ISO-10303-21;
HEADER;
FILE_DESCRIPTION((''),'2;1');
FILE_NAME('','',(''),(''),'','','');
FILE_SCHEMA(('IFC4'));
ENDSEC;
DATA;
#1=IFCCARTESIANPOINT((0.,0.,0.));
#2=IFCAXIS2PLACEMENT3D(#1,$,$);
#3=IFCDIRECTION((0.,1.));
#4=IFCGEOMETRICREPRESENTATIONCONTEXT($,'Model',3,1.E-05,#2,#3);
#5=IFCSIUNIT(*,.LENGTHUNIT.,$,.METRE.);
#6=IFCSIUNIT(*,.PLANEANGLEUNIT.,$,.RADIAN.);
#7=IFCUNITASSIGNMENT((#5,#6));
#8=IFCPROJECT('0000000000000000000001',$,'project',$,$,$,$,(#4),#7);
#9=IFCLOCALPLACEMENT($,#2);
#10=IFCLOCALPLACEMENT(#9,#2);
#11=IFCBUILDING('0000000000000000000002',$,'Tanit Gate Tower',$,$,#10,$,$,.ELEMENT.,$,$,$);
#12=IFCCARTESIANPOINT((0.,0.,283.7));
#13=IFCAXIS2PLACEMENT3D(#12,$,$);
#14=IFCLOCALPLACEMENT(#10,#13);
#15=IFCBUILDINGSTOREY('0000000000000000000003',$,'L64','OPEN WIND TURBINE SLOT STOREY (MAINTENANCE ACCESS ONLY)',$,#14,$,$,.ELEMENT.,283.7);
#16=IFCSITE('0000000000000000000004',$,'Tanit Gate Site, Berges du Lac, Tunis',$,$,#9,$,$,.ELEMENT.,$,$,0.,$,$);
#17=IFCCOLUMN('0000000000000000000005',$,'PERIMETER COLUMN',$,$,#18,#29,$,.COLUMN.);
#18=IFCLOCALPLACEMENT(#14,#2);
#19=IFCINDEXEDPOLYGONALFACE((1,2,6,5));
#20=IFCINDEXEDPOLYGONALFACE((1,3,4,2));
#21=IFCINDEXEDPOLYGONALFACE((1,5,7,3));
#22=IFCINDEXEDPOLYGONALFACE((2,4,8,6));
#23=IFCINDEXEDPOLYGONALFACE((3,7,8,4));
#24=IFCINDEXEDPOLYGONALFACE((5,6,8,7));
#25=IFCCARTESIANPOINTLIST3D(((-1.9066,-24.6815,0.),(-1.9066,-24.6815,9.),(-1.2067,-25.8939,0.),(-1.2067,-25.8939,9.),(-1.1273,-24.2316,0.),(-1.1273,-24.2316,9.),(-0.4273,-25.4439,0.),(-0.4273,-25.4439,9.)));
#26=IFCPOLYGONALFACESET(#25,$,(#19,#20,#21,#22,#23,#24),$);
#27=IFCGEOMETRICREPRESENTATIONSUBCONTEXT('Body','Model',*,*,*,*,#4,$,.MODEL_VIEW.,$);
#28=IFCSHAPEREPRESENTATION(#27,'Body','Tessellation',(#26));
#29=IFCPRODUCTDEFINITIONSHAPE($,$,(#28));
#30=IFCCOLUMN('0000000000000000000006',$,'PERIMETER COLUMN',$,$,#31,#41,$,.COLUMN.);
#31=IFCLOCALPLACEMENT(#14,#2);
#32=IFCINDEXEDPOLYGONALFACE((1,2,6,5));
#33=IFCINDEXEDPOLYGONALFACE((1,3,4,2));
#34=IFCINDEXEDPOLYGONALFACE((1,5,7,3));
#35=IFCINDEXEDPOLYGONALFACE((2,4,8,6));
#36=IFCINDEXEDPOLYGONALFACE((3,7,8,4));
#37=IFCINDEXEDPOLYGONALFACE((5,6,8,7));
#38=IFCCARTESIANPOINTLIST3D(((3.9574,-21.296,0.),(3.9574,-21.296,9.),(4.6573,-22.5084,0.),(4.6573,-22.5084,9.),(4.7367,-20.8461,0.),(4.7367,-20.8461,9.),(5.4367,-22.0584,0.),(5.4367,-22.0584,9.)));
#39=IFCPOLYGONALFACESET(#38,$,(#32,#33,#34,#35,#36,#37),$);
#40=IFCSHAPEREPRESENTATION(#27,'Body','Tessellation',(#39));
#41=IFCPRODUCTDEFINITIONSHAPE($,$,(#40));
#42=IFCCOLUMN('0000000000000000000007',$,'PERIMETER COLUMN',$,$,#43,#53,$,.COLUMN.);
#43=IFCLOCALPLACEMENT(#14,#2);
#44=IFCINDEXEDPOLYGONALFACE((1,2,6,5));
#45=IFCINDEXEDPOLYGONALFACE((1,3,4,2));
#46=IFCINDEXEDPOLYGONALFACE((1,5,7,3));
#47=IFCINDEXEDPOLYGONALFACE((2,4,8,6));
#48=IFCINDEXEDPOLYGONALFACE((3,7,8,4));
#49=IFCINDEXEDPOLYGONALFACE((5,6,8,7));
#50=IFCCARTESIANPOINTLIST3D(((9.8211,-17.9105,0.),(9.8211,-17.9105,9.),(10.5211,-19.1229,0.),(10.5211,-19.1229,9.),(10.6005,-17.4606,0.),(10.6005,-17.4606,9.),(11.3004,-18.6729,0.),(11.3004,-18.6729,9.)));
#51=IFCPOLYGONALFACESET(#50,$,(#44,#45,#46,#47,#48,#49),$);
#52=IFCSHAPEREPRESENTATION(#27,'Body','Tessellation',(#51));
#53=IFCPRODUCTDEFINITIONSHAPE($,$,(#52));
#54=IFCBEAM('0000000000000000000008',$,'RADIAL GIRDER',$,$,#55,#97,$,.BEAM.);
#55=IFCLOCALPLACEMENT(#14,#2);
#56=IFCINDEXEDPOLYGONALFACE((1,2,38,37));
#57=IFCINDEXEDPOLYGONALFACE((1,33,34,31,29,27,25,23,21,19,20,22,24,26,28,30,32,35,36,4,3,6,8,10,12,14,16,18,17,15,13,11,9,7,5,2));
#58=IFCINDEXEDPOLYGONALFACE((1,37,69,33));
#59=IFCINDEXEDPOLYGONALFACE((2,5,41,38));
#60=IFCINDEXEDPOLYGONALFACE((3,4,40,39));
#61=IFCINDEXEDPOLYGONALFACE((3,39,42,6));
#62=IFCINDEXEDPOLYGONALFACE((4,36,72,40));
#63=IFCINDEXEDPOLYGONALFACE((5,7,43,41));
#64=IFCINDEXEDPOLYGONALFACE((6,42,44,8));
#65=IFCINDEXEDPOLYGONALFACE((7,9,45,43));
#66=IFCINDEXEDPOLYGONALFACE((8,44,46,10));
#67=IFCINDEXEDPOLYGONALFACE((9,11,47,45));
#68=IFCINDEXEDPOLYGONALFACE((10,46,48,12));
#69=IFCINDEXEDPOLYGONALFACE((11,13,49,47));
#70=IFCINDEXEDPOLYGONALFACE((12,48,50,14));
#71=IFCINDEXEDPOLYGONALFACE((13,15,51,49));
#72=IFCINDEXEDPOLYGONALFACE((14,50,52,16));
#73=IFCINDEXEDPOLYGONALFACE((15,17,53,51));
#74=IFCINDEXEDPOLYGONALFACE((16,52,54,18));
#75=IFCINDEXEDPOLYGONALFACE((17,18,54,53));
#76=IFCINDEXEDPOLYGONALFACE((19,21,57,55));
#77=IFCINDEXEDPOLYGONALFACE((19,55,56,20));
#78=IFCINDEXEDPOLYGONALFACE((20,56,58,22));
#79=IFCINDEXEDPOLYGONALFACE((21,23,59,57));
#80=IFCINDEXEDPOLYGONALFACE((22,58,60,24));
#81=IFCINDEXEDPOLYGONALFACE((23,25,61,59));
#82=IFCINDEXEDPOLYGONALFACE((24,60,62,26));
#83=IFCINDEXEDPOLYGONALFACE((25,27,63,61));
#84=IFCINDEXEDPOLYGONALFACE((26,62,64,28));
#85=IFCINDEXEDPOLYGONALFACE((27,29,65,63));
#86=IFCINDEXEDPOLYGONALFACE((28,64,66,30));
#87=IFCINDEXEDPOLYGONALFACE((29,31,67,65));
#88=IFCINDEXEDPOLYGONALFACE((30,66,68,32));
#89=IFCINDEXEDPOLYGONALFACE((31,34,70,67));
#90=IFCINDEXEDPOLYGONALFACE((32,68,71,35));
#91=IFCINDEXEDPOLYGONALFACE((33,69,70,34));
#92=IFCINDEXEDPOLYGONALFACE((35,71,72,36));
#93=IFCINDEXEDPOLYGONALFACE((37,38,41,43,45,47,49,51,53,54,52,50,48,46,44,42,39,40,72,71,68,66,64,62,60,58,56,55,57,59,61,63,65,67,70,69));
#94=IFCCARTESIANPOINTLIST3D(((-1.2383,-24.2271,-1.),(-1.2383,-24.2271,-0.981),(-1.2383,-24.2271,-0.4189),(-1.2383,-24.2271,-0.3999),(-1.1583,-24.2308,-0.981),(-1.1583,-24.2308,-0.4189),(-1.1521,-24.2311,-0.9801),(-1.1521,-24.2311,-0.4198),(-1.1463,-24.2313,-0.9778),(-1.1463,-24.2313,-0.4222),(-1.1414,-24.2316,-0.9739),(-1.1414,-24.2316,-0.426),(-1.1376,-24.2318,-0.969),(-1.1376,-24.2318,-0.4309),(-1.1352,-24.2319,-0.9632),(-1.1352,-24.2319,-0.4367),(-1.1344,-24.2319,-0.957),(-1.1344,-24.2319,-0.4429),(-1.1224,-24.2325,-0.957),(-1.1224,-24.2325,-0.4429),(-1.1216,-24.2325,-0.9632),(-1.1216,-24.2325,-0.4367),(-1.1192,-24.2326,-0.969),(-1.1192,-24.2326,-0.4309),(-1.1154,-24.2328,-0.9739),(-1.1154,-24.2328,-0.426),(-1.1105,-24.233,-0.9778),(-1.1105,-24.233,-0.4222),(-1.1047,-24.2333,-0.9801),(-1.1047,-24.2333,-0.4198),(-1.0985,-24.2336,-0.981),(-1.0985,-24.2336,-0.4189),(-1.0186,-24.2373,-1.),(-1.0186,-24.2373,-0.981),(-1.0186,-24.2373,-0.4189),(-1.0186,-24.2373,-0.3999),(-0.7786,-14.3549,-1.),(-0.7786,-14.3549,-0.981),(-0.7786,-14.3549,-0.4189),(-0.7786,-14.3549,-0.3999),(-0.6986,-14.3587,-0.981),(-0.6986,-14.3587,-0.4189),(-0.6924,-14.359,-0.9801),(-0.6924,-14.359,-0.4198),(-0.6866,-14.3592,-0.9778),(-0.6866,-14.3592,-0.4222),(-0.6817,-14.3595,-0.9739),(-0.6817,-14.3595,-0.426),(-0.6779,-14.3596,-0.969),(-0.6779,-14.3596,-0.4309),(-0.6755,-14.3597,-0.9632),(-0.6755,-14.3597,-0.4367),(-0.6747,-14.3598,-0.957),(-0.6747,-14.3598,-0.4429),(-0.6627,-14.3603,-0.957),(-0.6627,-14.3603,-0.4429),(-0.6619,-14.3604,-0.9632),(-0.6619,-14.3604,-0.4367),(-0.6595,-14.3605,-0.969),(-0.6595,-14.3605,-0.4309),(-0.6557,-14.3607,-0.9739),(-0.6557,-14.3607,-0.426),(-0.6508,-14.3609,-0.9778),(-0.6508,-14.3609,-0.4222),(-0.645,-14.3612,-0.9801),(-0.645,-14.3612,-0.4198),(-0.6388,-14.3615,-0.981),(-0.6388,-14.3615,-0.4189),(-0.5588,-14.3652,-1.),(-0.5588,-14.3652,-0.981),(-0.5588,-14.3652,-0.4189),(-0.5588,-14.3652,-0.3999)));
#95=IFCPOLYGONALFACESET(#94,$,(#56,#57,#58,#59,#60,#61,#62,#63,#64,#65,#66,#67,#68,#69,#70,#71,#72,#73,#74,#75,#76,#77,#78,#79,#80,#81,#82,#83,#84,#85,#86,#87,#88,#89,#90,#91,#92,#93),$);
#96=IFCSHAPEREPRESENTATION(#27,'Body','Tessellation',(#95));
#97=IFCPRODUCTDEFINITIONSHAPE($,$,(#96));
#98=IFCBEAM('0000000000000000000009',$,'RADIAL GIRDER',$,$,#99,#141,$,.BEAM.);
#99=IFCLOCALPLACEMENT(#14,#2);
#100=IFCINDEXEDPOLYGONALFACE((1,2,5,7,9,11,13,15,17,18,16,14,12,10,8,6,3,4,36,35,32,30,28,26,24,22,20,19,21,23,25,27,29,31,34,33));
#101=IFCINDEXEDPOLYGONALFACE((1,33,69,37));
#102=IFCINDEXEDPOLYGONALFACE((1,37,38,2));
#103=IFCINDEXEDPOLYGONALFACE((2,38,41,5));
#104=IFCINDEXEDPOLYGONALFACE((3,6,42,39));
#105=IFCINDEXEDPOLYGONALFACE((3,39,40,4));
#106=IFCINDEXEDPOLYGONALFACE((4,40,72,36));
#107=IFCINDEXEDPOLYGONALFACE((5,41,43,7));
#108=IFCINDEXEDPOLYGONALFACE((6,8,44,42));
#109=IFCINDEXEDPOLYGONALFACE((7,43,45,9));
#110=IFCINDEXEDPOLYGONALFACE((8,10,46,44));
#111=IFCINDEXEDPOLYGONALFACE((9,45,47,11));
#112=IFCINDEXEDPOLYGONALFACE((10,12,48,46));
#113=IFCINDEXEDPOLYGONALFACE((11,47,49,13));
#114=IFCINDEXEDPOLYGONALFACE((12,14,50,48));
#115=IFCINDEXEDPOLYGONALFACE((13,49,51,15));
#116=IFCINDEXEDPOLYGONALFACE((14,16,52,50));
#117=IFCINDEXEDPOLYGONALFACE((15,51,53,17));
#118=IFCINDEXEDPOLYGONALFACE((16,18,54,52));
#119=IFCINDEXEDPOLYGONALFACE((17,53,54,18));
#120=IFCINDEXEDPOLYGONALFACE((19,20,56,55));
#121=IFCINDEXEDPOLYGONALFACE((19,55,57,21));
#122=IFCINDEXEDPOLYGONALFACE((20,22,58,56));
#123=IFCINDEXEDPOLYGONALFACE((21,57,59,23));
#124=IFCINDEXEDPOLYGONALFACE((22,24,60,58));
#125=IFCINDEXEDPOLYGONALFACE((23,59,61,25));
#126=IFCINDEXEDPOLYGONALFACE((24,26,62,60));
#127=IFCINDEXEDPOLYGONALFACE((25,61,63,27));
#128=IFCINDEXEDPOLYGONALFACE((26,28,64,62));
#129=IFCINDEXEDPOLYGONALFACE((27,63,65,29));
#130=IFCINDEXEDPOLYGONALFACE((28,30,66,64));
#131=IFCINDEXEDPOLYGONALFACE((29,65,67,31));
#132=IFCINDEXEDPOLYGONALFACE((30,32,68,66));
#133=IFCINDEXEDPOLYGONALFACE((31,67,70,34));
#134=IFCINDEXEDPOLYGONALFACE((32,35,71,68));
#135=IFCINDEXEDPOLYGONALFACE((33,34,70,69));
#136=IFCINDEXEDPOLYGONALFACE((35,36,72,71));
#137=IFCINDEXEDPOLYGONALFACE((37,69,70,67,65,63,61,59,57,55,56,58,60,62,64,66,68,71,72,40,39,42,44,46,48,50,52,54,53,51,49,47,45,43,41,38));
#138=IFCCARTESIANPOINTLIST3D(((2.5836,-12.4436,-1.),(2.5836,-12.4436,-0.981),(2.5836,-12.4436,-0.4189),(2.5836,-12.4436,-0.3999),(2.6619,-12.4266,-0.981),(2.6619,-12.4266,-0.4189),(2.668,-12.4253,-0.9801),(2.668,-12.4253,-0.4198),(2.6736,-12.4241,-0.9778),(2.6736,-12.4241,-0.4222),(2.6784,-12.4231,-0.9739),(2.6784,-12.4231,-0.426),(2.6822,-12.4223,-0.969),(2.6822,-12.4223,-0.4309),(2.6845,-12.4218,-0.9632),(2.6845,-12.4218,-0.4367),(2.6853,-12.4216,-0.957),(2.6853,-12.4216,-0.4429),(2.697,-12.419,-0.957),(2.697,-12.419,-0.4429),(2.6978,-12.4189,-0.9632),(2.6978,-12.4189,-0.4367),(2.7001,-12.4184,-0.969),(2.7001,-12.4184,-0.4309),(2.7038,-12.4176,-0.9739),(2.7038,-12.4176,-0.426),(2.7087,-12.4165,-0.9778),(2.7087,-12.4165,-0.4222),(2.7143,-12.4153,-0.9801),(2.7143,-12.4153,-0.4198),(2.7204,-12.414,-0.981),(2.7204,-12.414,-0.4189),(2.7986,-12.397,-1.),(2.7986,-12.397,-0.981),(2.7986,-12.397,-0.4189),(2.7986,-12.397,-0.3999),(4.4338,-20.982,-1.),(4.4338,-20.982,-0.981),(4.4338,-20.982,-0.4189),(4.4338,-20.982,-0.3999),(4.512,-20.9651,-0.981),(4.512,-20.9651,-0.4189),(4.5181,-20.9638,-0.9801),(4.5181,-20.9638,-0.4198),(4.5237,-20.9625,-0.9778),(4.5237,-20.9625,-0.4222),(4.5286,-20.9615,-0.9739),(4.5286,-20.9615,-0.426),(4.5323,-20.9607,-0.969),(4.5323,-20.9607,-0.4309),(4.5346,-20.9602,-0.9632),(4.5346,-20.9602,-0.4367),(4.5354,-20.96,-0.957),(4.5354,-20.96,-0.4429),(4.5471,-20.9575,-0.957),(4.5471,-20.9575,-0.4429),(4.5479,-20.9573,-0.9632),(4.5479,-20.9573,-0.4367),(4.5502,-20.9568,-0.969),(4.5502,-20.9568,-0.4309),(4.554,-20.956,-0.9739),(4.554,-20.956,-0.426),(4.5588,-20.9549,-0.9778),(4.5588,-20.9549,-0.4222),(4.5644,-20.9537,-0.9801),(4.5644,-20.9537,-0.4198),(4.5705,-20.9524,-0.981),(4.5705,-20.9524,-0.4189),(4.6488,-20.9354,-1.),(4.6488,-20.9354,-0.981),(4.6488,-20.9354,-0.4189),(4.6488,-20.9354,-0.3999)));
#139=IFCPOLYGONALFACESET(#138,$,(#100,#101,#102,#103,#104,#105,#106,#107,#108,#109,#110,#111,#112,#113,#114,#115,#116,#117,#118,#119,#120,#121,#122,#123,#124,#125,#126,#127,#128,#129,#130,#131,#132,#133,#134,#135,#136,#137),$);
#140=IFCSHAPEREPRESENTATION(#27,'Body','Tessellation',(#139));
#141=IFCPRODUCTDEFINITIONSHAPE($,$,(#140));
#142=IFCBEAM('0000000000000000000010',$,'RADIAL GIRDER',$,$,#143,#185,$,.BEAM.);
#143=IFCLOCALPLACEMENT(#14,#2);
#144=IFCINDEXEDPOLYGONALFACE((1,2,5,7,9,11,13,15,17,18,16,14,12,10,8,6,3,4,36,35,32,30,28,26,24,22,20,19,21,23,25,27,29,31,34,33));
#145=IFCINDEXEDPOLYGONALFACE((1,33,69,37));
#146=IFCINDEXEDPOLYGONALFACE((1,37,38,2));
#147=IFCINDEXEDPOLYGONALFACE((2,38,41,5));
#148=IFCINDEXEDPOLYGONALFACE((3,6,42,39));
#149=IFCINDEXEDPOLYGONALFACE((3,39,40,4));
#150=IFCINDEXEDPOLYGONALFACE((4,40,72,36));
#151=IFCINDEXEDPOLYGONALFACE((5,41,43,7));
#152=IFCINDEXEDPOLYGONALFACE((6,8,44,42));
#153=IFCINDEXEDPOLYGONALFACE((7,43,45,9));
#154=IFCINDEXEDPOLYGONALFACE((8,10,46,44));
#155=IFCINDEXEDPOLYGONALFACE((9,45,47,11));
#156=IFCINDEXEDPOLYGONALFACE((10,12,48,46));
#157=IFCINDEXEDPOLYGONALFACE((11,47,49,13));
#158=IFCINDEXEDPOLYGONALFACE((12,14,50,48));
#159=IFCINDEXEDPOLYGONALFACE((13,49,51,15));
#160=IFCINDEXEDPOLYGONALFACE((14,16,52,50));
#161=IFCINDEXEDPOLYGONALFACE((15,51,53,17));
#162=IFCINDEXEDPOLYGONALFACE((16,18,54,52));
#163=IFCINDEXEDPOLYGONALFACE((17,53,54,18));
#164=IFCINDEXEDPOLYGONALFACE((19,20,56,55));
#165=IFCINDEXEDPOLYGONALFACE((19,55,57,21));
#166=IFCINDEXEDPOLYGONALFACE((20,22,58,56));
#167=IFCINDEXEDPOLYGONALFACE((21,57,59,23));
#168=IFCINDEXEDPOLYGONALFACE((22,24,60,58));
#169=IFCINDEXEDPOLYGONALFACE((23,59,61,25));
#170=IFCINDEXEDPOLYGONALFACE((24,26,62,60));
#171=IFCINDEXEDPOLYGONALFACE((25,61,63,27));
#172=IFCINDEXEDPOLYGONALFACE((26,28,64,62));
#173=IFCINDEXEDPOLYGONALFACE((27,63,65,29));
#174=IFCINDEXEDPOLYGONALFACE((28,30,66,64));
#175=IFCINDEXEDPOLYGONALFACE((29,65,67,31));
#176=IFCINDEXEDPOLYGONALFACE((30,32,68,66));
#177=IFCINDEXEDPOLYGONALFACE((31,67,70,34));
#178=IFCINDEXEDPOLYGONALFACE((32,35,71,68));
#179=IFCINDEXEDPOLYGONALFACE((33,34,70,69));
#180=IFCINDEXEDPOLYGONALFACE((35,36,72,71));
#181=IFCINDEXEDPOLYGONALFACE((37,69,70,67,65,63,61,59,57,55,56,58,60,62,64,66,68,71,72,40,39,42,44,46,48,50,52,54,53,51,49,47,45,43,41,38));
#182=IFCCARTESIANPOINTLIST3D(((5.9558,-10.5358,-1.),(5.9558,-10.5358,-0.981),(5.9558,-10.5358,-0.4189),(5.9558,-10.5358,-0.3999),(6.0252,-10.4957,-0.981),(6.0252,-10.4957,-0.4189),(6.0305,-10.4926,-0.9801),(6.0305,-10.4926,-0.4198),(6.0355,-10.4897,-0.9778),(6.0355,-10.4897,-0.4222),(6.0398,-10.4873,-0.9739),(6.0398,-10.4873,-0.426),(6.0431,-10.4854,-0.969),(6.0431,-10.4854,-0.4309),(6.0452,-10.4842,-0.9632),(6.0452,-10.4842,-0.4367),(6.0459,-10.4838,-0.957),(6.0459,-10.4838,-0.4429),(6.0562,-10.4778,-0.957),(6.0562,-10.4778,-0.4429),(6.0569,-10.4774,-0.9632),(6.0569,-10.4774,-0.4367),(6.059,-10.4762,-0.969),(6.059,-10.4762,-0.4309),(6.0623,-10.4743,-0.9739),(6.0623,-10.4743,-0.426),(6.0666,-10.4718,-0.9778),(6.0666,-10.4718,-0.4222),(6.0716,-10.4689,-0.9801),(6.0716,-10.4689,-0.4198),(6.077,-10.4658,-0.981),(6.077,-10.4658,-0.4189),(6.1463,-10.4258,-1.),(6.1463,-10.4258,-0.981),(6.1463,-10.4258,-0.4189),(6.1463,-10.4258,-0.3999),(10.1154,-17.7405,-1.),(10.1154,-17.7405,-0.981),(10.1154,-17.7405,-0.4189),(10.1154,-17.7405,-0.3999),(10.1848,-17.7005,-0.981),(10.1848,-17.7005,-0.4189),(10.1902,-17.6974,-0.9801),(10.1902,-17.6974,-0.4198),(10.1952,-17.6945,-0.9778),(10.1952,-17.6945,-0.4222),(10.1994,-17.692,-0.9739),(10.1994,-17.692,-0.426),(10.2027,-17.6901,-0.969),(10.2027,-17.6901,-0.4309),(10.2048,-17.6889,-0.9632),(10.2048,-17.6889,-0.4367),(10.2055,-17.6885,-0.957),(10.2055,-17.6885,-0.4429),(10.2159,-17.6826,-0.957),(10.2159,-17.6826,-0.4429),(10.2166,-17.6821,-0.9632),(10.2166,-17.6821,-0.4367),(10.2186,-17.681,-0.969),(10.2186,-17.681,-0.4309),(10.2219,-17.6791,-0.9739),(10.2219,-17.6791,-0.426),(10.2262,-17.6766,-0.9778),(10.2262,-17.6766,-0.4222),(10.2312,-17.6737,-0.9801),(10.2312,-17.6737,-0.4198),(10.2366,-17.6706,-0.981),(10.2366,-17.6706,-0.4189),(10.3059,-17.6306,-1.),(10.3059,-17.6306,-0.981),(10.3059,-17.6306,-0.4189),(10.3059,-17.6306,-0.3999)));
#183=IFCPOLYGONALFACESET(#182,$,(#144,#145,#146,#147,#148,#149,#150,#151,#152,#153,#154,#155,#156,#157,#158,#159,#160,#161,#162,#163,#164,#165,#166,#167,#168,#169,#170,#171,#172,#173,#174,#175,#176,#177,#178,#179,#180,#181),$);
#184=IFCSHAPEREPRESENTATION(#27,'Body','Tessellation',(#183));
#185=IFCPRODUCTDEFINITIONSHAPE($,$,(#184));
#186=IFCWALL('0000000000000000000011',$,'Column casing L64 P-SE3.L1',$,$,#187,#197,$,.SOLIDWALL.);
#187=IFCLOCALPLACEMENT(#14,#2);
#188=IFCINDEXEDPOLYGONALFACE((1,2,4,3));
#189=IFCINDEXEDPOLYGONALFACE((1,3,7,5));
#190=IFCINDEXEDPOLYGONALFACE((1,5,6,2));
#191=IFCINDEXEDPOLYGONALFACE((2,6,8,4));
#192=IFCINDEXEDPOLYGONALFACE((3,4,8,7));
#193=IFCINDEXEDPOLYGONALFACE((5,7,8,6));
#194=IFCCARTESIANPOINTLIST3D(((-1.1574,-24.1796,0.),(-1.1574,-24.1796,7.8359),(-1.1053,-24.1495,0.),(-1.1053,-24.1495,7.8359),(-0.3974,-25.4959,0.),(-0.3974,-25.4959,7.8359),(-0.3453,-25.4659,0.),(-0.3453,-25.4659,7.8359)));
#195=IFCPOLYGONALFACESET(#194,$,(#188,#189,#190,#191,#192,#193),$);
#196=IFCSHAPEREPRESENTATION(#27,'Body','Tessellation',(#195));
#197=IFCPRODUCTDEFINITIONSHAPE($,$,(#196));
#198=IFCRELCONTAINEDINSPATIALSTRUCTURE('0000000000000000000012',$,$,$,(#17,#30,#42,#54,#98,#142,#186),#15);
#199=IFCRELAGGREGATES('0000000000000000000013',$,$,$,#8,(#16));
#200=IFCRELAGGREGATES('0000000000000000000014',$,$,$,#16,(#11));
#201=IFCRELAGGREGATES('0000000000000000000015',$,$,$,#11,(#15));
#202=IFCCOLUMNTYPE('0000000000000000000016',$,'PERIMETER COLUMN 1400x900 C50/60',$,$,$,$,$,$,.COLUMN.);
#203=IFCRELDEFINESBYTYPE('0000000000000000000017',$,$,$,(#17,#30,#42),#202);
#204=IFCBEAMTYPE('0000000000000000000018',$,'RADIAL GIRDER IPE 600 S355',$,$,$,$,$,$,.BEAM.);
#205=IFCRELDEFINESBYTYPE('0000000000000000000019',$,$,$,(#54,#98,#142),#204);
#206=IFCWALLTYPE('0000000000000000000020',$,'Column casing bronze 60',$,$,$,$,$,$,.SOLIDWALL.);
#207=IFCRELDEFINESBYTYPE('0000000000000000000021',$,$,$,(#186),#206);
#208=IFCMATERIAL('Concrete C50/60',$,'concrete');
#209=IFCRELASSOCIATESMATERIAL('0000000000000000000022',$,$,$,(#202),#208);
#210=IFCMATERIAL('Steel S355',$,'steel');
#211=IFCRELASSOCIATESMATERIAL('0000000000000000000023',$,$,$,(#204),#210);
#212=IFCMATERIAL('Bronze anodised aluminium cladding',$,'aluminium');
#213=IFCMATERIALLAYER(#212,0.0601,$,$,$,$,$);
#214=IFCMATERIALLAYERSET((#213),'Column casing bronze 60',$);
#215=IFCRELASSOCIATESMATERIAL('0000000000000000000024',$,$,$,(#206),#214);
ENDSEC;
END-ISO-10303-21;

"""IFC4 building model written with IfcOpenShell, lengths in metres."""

from ifc_helpers import new_model, si_unit, direction, frame, frame_2d, origin, origin_2d, place, context, subcontext, project, spatial, rectangle, i_section, extrude, material, layer, layer_set, material_profile, profile_set, type_object, element, save


model = new_model("IFC4")

# Units and contexts
model_context = context("Model", 3, precision=1e-05, world=origin(), true_north=direction((0.0, 1.0)))
body_context = subcontext(model_context, "Body", "Model", "MODEL_VIEW")
ifc_project = project(units=[si_unit("LENGTHUNIT", "METRE"), si_unit("PLANEANGLEUNIT", "RADIAN")], contexts=[model_context])

# Site, building, storey
site_placement = place(None, origin())
site = spatial("IfcSite", under=ifc_project, at=site_placement, Name="Tanit Gate Site, Berges du Lac, Tunis", CompositionType="ELEMENT", RefElevation=0.0)
building_placement = place(site_placement, origin())
building = spatial("IfcBuilding", under=site, at=building_placement, Name="Tanit Gate Tower", CompositionType="ELEMENT")
storey_placement = place(building_placement, frame((0.0, 0.0, 283.7)))
storey = spatial("IfcBuildingStorey", under=building, at=storey_placement, Name="L64", Description="OPEN WIND TURBINE SLOT STOREY (MAINTENANCE ACCESS ONLY)", CompositionType="ELEMENT", Elevation=283.7)

# Columns
ifc_material_1 = material(Name="Concrete C50/60", Category="concrete")
ifc_material_profile_1 = material_profile(ifc_material_1, rectangle(XDim=1.3999, YDim=0.8999, at=origin_2d()), Name="RC 1400x900")
ifc_profile_set_1 = profile_set([ifc_material_profile_1], Name="Concrete C50/60")
column_type = type_object("IfcColumnType", Name="PERIMETER COLUMN 1400x900 C50/60", PredefinedType="COLUMN", material=ifc_profile_set_1)
for number, where, z_axis, x_axis, name in (
    (1, (-1.167, -25.0627, 0.0), (0.0, 0.0, 1.0), (0.5, -0.866025, 0.0), "PERIMETER COLUMN"),
    (2, (4.697, -21.6772, 0.0), (0.0, 0.0, 1.0), (0.5, -0.866025, 0.0), "PERIMETER COLUMN"),
    (3, (10.5608, -18.2917, 0.0), (0.0, 0.0, 1.0), (0.5, -0.866025, 0.0), "PERIMETER COLUMN"),
):
    element("IfcColumn", number, at=place(storey_placement, frame(where, z_axis=z_axis, x_axis=x_axis)), inside=storey, type_object=column_type, Name=name, PredefinedType="COLUMN", context=body_context, shape_type="SweptSolid", body=[
        extrude(rectangle(XDim=1.3999, YDim=0.8999, at=origin_2d()), origin(), (0.0, 0.0, 1.0), 9.0),
    ])

# Beams
ifc_material_2 = material(Name="Steel S355", Category="steel")
ifc_material_profile_2 = material_profile(ifc_material_2, i_section(OverallWidth=0.22, OverallDepth=0.6001, WebThickness=0.012, FlangeThickness=0.019, FilletRadius=0.0239, at=origin_2d()), Name="IPE 600")
ifc_profile_set_2 = profile_set([ifc_material_profile_2], Name="Steel S355")
beam_type = type_object("IfcBeamType", Name="RADIAL GIRDER IPE 600 S355", PredefinedType="BEAM", material=ifc_profile_set_2)
beam_1_placement = place(storey_placement, frame((-1.1284, -24.2322, -0.7), z_axis=(0.046517, 0.998917, 0.0), x_axis=(-0.998917, 0.046517, 0.0)))
element("IfcBeam", 4, at=beam_1_placement, inside=storey, type_object=beam_type, Name="RADIAL GIRDER", PredefinedType="BEAM", context=body_context, shape_type="SweptSolid", body=[
    extrude(i_section(OverallWidth=0.22, OverallDepth=0.6001, WebThickness=0.012, FlangeThickness=0.019, FilletRadius=0.0239, at=origin_2d()), origin(), (0.0, 0.0, 1.0), 9.8828),
])
beam_2_placement = place(storey_placement, frame((4.5413, -20.9587, -0.7), z_axis=(-0.211767, 0.97732, 0.0), x_axis=(-0.97732, -0.211767, 0.0)))
element("IfcBeam", 5, at=beam_2_placement, inside=storey, type_object=beam_type, Name="RADIAL GIRDER", PredefinedType="BEAM", context=body_context, shape_type="SweptSolid", body=[
    extrude(i_section(OverallWidth=0.22, OverallDepth=0.6001, WebThickness=0.012, FlangeThickness=0.019, FilletRadius=0.0239, at=origin_2d()), origin(), (0.0, 0.0, 1.0), 8.7366),
])
beam_3_placement = place(storey_placement, frame((10.2107, -17.6855, -0.7), z_axis=(-0.499996, 0.866028, 0.0), x_axis=(-0.866028, -0.499996, 0.0)))
element("IfcBeam", 6, at=beam_3_placement, inside=storey, type_object=beam_type, Name="RADIAL GIRDER", PredefinedType="BEAM", context=body_context, shape_type="SweptSolid", body=[
    extrude(i_section(OverallWidth=0.22, OverallDepth=0.6001, WebThickness=0.012, FlangeThickness=0.019, FilletRadius=0.0239, at=origin_2d()), origin(), (0.0, 0.0, 1.0), 8.3193),
])

# Wall
ifc_material_3 = material(Name="Bronze anodised aluminium cladding", Category="aluminium")
ifc_layer_1 = layer(ifc_material_3, 0.0601)
ifc_layer_set_1 = layer_set([ifc_layer_1], Name="Column casing bronze 60")
wall_type_1 = type_object("IfcWallType", Name="Column casing bronze 60", PredefinedType="SOLIDWALL", material=ifc_layer_set_1)
wall_1_placement = place(storey_placement, frame((-1.1313, -24.1646, 0.0), z_axis=(0.0, 0.0, 1.0), x_axis=(0.499991, -0.86603, 0.0)))
element("IfcWall", 7, at=wall_1_placement, inside=storey, type_object=wall_type_1, Name="Column casing L64 P-SE3.L1", PredefinedType="SOLIDWALL", context=body_context, shape_type="SweptSolid", body=[
    extrude(rectangle(XDim=1.52, YDim=0.0601, at=frame_2d((0.76, 0.0))), origin(), (0.0, 0.0, 1.0), 7.8359),
])

save(model, "model.ifc")
